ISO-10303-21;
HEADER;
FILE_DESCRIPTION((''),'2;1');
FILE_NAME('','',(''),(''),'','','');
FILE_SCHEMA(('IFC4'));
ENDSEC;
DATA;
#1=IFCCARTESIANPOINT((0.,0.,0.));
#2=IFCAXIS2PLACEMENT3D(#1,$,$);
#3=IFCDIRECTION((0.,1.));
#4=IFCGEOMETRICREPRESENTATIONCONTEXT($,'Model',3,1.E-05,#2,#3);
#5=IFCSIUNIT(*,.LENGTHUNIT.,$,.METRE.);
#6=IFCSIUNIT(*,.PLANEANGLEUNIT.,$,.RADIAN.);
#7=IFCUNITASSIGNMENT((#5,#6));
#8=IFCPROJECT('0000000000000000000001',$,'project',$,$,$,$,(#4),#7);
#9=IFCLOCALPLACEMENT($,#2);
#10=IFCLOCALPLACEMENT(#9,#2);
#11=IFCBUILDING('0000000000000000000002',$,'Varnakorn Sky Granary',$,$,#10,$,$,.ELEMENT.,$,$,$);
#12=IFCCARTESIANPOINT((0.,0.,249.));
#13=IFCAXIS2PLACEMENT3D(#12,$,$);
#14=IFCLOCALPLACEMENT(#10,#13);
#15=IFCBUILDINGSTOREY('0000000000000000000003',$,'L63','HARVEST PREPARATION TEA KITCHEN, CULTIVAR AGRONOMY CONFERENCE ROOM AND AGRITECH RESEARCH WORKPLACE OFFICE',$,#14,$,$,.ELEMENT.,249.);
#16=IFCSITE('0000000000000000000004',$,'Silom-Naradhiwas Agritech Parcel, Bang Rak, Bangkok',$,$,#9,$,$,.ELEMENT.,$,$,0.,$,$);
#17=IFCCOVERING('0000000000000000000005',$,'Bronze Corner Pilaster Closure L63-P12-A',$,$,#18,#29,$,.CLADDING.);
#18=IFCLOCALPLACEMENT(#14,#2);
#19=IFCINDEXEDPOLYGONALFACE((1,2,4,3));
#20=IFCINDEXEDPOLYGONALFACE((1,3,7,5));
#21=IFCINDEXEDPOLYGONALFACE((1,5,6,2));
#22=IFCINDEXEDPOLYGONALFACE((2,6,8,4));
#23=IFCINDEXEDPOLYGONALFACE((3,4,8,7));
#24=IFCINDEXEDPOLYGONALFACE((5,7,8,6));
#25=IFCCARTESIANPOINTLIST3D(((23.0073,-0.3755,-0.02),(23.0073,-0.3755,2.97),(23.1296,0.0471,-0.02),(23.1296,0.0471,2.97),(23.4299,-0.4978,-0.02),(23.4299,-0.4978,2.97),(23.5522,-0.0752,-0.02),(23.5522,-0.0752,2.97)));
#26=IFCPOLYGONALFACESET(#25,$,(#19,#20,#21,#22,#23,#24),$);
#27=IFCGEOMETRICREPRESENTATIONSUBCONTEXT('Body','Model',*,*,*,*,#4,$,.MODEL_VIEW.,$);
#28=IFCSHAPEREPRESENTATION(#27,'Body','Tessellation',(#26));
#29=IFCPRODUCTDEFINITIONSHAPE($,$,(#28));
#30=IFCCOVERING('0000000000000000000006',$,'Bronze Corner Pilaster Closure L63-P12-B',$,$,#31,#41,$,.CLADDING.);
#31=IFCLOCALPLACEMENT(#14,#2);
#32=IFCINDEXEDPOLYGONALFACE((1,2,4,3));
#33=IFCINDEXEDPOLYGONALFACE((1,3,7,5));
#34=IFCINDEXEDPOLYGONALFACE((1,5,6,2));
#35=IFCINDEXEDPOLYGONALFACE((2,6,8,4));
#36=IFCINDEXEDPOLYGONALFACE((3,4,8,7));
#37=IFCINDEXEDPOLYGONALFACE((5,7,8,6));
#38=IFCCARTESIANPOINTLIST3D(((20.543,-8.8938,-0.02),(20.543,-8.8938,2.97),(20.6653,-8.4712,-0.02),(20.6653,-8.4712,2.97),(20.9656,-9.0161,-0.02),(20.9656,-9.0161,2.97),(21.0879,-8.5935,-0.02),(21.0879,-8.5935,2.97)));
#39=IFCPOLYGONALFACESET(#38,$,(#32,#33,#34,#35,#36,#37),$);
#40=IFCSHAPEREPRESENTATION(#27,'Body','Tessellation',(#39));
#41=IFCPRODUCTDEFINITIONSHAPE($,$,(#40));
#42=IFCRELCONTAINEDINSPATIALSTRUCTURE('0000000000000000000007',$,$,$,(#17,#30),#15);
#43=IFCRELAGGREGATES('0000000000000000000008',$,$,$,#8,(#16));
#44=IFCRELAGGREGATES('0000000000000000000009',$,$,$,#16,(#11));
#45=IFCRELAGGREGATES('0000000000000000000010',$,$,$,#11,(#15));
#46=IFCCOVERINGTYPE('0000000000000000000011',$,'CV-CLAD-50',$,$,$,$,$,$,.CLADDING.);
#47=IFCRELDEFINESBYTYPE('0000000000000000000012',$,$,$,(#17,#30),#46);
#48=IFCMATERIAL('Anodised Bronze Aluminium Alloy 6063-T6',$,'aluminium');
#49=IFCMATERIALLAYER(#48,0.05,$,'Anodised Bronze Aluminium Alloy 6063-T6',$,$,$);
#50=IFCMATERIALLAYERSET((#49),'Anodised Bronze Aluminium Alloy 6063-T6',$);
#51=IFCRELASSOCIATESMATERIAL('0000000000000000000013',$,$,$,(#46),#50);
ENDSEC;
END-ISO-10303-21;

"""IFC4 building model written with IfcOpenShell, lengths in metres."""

from ifc_helpers import new_model, si_unit, direction, frame, origin, origin_2d, place, context, subcontext, project, spatial, rectangle, extrude, source, transform, mapped, material, layer, layer_set, type_object, type_shapes, element, save


model = new_model("IFC4")

# Units and contexts
model_context = context("Model", 3, precision=1e-05, world=origin(), true_north=direction((0.0, 1.0)))
body_context = subcontext(model_context, "Body", "Model", "MODEL_VIEW")
ifc_project = project(units=[si_unit("LENGTHUNIT", "METRE"), si_unit("PLANEANGLEUNIT", "RADIAN")], contexts=[model_context])

# Site, building, storey
site_placement = place(None, origin())
site = spatial("IfcSite", under=ifc_project, at=site_placement, Name="Silom-Naradhiwas Agritech Parcel, Bang Rak, Bangkok", CompositionType="ELEMENT", RefElevation=0.0)
building_placement = place(site_placement, origin())
building = spatial("IfcBuilding", under=site, at=building_placement, Name="Varnakorn Sky Granary", CompositionType="ELEMENT")
storey_placement = place(building_placement, frame((0.0, 0.0, 249.0)))
storey = spatial("IfcBuildingStorey", under=building, at=storey_placement, Name="L63", Description="HARVEST PREPARATION TEA KITCHEN, CULTIVAR AGRONOMY CONFERENCE ROOM AND AGRITECH RESEARCH WORKPLACE OFFICE", CompositionType="ELEMENT", Elevation=249.0)

# Shared definitions
ifc_material_1 = material(Name="Anodised Bronze Aluminium Alloy 6063-T6", Category="aluminium")

# Coverings
ifc_layer_1 = layer(ifc_material_1, 0.05, Name="Anodised Bronze Aluminium Alloy 6063-T6")
ifc_layer_set_1 = layer_set([ifc_layer_1], Name="Anodised Bronze Aluminium Alloy 6063-T6")
covering_type = type_object("IfcCoveringType", Name="CV-CLAD-50", PredefinedType="CLADDING", material=ifc_layer_set_1)
shared_shape = source(origin(), body_context, "Body", "SweptSolid", [
    extrude(rectangle(XDim=0.4399, YDim=0.4399, at=origin_2d()), origin(), (0.0, 0.0, 1.0), 2.99),
])
type_shapes(covering_type, [shared_shape])
for number, where, z_axis, x_axis, name in (
    (1, (23.2798, -0.2253, -0.02), (0.0, 0.0, 1.0), (-0.277985, -0.960585, 0.0), "Bronze Corner Pilaster Closure L63-P12-A"),
    (2, (20.8154, -8.7437, -0.02), (0.0, 0.0, 1.0), (-0.277985, -0.960585, 0.0), "Bronze Corner Pilaster Closure L63-P12-B"),
):
    element("IfcCovering", number, at=place(storey_placement, frame(where, z_axis=z_axis, x_axis=x_axis)), inside=storey, type_object=covering_type, Name=name, PredefinedType="CLADDING", context=body_context, shape_type="MappedRepresentation", body=[
        mapped(shared_shape, transform((0.0, 0.0, 0.0), x_axis=(1.0, 0.0, 0.0), y_axis=(0.0, 1.0, 0.0), z_axis=(0.0, 0.0, 1.0), scale=1.0)),
    ])

save(model, "model.ifc")
